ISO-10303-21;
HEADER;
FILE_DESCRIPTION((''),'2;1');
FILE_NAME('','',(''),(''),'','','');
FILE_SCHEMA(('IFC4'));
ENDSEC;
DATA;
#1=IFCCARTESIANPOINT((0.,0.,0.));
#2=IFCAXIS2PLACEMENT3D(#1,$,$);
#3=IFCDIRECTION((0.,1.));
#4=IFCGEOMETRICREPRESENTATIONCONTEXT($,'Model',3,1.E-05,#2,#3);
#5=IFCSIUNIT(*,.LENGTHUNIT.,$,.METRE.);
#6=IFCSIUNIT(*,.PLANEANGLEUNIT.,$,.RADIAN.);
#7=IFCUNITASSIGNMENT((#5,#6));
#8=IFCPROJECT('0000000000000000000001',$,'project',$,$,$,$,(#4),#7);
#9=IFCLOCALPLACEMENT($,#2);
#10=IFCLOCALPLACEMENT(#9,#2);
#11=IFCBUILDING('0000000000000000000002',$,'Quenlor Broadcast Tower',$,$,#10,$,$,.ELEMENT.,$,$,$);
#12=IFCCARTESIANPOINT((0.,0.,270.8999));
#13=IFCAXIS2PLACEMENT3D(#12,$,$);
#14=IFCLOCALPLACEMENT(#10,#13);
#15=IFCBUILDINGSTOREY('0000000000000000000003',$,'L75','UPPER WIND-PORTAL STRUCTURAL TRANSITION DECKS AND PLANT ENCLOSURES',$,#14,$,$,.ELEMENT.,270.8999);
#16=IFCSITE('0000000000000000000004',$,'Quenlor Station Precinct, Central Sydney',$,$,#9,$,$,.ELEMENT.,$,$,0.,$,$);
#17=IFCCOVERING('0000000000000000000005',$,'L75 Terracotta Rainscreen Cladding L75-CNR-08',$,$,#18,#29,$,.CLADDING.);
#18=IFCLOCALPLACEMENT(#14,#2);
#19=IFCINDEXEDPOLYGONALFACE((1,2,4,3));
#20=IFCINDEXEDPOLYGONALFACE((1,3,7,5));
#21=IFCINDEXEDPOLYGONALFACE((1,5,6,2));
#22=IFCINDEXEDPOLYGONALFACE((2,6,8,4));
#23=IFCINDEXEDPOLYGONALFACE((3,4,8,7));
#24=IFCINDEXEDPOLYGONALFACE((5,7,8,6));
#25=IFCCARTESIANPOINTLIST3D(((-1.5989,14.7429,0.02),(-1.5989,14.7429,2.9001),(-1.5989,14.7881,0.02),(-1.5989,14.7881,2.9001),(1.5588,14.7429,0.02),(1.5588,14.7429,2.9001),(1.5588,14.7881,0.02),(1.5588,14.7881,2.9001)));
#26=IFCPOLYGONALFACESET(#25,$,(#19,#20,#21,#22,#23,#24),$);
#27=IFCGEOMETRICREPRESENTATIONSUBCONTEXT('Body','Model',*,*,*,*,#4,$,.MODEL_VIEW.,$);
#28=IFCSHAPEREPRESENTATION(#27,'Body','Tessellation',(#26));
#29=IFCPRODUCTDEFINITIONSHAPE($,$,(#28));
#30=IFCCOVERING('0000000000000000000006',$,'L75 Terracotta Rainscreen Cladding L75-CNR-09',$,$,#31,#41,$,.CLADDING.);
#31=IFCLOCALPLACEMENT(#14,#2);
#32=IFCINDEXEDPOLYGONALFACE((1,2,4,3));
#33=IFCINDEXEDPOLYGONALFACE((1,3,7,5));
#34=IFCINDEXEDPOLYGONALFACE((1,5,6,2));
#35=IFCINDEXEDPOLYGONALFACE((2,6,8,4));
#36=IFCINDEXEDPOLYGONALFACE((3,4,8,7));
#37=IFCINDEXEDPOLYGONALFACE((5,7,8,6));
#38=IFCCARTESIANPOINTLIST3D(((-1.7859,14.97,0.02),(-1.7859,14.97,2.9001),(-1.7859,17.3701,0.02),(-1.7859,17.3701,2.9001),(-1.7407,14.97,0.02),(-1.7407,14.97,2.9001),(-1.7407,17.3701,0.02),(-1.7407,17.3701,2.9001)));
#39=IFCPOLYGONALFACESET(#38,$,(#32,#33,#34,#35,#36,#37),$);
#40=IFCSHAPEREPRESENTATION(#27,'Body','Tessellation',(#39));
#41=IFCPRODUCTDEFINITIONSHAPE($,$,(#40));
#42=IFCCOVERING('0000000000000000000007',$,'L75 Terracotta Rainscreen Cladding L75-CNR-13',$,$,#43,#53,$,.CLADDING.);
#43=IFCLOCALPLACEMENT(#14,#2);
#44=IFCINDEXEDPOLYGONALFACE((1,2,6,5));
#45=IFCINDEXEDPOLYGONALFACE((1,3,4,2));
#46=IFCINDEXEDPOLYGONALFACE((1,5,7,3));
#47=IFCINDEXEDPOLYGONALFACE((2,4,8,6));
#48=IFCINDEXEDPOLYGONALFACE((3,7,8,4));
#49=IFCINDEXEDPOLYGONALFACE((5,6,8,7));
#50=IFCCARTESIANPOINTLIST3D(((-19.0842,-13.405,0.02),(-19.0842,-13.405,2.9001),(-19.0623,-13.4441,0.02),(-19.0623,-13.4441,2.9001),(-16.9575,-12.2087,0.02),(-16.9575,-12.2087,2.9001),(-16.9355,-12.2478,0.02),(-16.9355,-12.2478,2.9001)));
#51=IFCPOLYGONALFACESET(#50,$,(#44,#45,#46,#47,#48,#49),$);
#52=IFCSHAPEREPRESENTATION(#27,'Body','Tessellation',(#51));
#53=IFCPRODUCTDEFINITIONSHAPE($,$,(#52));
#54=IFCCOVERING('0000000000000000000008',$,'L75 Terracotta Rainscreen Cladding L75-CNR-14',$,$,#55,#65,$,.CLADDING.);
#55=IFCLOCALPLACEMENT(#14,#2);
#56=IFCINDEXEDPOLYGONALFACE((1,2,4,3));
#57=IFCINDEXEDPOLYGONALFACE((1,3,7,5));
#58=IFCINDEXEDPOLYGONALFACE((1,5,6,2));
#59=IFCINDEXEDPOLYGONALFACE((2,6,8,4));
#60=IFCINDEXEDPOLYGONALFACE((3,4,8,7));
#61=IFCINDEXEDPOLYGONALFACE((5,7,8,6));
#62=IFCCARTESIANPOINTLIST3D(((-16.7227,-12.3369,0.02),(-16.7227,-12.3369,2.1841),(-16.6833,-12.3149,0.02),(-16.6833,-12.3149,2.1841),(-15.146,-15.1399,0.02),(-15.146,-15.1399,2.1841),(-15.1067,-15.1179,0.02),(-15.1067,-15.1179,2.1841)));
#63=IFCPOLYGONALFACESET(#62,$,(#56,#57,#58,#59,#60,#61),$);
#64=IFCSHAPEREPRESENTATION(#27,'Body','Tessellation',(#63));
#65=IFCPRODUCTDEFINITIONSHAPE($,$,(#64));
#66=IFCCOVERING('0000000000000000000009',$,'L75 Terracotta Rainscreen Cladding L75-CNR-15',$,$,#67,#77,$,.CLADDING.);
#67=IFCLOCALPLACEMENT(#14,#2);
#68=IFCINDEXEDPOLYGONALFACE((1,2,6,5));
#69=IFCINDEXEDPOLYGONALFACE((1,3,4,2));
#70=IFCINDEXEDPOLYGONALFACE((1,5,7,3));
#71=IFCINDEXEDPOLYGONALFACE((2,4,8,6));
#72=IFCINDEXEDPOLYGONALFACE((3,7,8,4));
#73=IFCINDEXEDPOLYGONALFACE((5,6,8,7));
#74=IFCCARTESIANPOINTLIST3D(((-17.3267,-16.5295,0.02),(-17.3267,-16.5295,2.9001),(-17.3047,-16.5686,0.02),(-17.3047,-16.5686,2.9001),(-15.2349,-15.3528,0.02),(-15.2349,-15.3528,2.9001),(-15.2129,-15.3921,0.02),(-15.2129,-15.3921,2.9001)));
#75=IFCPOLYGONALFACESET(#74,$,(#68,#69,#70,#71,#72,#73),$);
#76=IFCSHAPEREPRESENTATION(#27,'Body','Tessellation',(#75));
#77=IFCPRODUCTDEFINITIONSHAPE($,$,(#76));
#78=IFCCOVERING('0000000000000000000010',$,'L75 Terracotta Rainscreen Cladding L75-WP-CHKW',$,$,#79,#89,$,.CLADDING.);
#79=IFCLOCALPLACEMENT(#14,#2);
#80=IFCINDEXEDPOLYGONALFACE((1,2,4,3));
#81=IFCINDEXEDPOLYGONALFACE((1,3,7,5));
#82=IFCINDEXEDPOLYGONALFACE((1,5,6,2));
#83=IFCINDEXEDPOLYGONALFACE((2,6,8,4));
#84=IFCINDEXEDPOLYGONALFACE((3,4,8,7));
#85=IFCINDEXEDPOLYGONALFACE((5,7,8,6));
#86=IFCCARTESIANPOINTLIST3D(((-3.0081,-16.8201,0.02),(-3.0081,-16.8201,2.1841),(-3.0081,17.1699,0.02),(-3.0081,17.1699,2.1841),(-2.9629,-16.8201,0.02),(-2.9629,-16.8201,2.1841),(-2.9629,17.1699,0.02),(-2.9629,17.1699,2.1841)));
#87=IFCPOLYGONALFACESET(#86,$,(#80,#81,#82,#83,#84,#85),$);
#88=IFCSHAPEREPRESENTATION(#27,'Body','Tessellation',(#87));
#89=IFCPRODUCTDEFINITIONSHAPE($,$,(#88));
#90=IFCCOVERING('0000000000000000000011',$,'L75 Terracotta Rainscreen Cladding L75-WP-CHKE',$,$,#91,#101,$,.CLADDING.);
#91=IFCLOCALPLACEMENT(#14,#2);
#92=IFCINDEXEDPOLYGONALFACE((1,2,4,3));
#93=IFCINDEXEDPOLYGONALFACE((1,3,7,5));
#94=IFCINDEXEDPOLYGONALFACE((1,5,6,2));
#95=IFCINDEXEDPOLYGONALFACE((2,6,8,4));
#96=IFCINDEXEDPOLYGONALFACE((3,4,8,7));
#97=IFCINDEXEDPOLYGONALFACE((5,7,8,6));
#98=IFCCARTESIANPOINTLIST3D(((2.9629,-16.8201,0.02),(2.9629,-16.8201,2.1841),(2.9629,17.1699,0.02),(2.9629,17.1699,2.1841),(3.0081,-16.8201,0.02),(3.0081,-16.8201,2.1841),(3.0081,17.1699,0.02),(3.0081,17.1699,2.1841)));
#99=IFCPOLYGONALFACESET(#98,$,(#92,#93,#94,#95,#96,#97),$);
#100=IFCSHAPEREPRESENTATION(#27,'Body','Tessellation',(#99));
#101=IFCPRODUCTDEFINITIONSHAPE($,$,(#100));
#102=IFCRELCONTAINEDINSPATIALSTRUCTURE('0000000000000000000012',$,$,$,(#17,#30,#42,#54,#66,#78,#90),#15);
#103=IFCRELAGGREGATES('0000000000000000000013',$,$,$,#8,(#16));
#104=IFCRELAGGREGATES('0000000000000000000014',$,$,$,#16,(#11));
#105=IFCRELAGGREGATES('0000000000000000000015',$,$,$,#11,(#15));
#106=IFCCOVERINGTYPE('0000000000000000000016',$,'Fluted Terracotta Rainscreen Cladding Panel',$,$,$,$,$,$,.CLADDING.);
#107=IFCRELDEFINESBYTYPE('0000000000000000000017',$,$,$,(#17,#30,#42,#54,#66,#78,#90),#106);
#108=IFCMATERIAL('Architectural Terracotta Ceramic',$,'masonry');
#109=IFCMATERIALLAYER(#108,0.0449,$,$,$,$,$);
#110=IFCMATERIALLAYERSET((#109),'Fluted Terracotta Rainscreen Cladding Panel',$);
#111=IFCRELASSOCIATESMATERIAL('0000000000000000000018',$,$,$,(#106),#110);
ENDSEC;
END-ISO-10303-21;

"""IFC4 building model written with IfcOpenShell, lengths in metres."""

from ifc_helpers import new_model, si_unit, direction, frame, origin, place, context, subcontext, project, spatial, polyline, outline, extrude, material, layer, layer_set, type_object, element, save


model = new_model("IFC4")

# Units and contexts
model_context = context("Model", 3, precision=1e-05, world=origin(), true_north=direction((0.0, 1.0)))
body_context = subcontext(model_context, "Body", "Model", "MODEL_VIEW")
ifc_project = project(units=[si_unit("LENGTHUNIT", "METRE"), si_unit("PLANEANGLEUNIT", "RADIAN")], contexts=[model_context])

# Site, building, storey
site_placement = place(None, origin())
site = spatial("IfcSite", under=ifc_project, at=site_placement, Name="Quenlor Station Precinct, Central Sydney", CompositionType="ELEMENT", RefElevation=0.0)
building_placement = place(site_placement, origin())
building = spatial("IfcBuilding", under=site, at=building_placement, Name="Quenlor Broadcast Tower", CompositionType="ELEMENT")
storey_placement = place(building_placement, frame((0.0, 0.0, 270.8999)))
storey = spatial("IfcBuildingStorey", under=building, at=storey_placement, Name="L75", Description="UPPER WIND-PORTAL STRUCTURAL TRANSITION DECKS AND PLANT ENCLOSURES", CompositionType="ELEMENT", Elevation=270.8999)

# Coverings
ifc_material_1 = material(Name="Architectural Terracotta Ceramic", Category="masonry")
ifc_layer_1 = layer(ifc_material_1, 0.0449)
ifc_layer_set_1 = layer_set([ifc_layer_1], Name="Fluted Terracotta Rainscreen Cladding Panel")
covering_type = type_object("IfcCoveringType", Name="Fluted Terracotta Rainscreen Cladding Panel", PredefinedType="CLADDING", material=ifc_layer_set_1)
covering_1_placement = place(storey_placement, frame((0.0, 0.0, 0.02)))
element("IfcCovering", 1, at=covering_1_placement, inside=storey, type_object=covering_type, Name="L75 Terracotta Rainscreen Cladding L75-CNR-08", PredefinedType="CLADDING", context=body_context, shape_type="SweptSolid", body=[
    extrude(outline(polyline([(1.5588, 14.7881), (-1.5989, 14.7881), (-1.5989, 14.7429), (1.5588, 14.7429), (1.5588, 14.7881)])), origin(), (0.0, 0.0, 1.0), 2.8801),
])
covering_2_placement = place(storey_placement, frame((0.0, 0.0, 0.02)))
element("IfcCovering", 2, at=covering_2_placement, inside=storey, type_object=covering_type, Name="L75 Terracotta Rainscreen Cladding L75-CNR-09", PredefinedType="CLADDING", context=body_context, shape_type="SweptSolid", body=[
    extrude(outline(polyline([(-1.7407, 14.97), (-1.7407, 17.3701), (-1.7859, 17.3701), (-1.7859, 14.97), (-1.7407, 14.97)])), origin(), (0.0, 0.0, 1.0), 2.8801),
])
covering_3_placement = place(storey_placement, frame((0.0, 0.0, 0.02)))
element("IfcCovering", 3, at=covering_3_placement, inside=storey, type_object=covering_type, Name="L75 Terracotta Rainscreen Cladding L75-CNR-13", PredefinedType="CLADDING", context=body_context, shape_type="SweptSolid", body=[
    extrude(outline(polyline([(-19.0623, -13.4441), (-16.9355, -12.2478), (-16.9575, -12.2087), (-19.0842, -13.405), (-19.0623, -13.4441)])), origin(), (0.0, 0.0, 1.0), 2.8801),
])
covering_4_placement = place(storey_placement, frame((0.0, 0.0, 0.02)))
element("IfcCovering", 4, at=covering_4_placement, inside=storey, type_object=covering_type, Name="L75 Terracotta Rainscreen Cladding L75-CNR-14", PredefinedType="CLADDING", context=body_context, shape_type="SweptSolid", body=[
    extrude(outline(polyline([(-16.7227, -12.3369), (-15.146, -15.1399), (-15.1067, -15.1179), (-16.6833, -12.3149), (-16.7227, -12.3369)])), origin(), (0.0, 0.0, 1.0), 2.1641),
])
covering_5_placement = place(storey_placement, frame((0.0, 0.0, 0.02)))
element("IfcCovering", 5, at=covering_5_placement, inside=storey, type_object=covering_type, Name="L75 Terracotta Rainscreen Cladding L75-CNR-15", PredefinedType="CLADDING", context=body_context, shape_type="SweptSolid", body=[
    extrude(outline(polyline([(-15.2349, -15.3528), (-17.3267, -16.5295), (-17.3047, -16.5686), (-15.2129, -15.3921), (-15.2349, -15.3528)])), origin(), (0.0, 0.0, 1.0), 2.8801),
])
covering_6_placement = place(storey_placement, frame((0.0, 0.0, 0.02)))
element("IfcCovering", 6, at=covering_6_placement, inside=storey, type_object=covering_type, Name="L75 Terracotta Rainscreen Cladding L75-WP-CHKW", PredefinedType="CLADDING", context=body_context, shape_type="SweptSolid", body=[
    extrude(outline(polyline([(-3.0081, 17.1699), (-3.0081, -16.8201), (-2.9629, -16.8201), (-2.9629, 17.1699), (-3.0081, 17.1699)])), origin(), (0.0, 0.0, 1.0), 2.1641),
])
covering_7_placement = place(storey_placement, frame((0.0, 0.0, 0.02)))
element("IfcCovering", 7, at=covering_7_placement, inside=storey, type_object=covering_type, Name="L75 Terracotta Rainscreen Cladding L75-WP-CHKE", PredefinedType="CLADDING", context=body_context, shape_type="SweptSolid", body=[
    extrude(outline(polyline([(3.0081, -16.8201), (3.0081, 17.1699), (2.9629, 17.1699), (2.9629, -16.8201), (3.0081, -16.8201)])), origin(), (0.0, 0.0, 1.0), 2.1641),
])

save(model, "model.ifc")
